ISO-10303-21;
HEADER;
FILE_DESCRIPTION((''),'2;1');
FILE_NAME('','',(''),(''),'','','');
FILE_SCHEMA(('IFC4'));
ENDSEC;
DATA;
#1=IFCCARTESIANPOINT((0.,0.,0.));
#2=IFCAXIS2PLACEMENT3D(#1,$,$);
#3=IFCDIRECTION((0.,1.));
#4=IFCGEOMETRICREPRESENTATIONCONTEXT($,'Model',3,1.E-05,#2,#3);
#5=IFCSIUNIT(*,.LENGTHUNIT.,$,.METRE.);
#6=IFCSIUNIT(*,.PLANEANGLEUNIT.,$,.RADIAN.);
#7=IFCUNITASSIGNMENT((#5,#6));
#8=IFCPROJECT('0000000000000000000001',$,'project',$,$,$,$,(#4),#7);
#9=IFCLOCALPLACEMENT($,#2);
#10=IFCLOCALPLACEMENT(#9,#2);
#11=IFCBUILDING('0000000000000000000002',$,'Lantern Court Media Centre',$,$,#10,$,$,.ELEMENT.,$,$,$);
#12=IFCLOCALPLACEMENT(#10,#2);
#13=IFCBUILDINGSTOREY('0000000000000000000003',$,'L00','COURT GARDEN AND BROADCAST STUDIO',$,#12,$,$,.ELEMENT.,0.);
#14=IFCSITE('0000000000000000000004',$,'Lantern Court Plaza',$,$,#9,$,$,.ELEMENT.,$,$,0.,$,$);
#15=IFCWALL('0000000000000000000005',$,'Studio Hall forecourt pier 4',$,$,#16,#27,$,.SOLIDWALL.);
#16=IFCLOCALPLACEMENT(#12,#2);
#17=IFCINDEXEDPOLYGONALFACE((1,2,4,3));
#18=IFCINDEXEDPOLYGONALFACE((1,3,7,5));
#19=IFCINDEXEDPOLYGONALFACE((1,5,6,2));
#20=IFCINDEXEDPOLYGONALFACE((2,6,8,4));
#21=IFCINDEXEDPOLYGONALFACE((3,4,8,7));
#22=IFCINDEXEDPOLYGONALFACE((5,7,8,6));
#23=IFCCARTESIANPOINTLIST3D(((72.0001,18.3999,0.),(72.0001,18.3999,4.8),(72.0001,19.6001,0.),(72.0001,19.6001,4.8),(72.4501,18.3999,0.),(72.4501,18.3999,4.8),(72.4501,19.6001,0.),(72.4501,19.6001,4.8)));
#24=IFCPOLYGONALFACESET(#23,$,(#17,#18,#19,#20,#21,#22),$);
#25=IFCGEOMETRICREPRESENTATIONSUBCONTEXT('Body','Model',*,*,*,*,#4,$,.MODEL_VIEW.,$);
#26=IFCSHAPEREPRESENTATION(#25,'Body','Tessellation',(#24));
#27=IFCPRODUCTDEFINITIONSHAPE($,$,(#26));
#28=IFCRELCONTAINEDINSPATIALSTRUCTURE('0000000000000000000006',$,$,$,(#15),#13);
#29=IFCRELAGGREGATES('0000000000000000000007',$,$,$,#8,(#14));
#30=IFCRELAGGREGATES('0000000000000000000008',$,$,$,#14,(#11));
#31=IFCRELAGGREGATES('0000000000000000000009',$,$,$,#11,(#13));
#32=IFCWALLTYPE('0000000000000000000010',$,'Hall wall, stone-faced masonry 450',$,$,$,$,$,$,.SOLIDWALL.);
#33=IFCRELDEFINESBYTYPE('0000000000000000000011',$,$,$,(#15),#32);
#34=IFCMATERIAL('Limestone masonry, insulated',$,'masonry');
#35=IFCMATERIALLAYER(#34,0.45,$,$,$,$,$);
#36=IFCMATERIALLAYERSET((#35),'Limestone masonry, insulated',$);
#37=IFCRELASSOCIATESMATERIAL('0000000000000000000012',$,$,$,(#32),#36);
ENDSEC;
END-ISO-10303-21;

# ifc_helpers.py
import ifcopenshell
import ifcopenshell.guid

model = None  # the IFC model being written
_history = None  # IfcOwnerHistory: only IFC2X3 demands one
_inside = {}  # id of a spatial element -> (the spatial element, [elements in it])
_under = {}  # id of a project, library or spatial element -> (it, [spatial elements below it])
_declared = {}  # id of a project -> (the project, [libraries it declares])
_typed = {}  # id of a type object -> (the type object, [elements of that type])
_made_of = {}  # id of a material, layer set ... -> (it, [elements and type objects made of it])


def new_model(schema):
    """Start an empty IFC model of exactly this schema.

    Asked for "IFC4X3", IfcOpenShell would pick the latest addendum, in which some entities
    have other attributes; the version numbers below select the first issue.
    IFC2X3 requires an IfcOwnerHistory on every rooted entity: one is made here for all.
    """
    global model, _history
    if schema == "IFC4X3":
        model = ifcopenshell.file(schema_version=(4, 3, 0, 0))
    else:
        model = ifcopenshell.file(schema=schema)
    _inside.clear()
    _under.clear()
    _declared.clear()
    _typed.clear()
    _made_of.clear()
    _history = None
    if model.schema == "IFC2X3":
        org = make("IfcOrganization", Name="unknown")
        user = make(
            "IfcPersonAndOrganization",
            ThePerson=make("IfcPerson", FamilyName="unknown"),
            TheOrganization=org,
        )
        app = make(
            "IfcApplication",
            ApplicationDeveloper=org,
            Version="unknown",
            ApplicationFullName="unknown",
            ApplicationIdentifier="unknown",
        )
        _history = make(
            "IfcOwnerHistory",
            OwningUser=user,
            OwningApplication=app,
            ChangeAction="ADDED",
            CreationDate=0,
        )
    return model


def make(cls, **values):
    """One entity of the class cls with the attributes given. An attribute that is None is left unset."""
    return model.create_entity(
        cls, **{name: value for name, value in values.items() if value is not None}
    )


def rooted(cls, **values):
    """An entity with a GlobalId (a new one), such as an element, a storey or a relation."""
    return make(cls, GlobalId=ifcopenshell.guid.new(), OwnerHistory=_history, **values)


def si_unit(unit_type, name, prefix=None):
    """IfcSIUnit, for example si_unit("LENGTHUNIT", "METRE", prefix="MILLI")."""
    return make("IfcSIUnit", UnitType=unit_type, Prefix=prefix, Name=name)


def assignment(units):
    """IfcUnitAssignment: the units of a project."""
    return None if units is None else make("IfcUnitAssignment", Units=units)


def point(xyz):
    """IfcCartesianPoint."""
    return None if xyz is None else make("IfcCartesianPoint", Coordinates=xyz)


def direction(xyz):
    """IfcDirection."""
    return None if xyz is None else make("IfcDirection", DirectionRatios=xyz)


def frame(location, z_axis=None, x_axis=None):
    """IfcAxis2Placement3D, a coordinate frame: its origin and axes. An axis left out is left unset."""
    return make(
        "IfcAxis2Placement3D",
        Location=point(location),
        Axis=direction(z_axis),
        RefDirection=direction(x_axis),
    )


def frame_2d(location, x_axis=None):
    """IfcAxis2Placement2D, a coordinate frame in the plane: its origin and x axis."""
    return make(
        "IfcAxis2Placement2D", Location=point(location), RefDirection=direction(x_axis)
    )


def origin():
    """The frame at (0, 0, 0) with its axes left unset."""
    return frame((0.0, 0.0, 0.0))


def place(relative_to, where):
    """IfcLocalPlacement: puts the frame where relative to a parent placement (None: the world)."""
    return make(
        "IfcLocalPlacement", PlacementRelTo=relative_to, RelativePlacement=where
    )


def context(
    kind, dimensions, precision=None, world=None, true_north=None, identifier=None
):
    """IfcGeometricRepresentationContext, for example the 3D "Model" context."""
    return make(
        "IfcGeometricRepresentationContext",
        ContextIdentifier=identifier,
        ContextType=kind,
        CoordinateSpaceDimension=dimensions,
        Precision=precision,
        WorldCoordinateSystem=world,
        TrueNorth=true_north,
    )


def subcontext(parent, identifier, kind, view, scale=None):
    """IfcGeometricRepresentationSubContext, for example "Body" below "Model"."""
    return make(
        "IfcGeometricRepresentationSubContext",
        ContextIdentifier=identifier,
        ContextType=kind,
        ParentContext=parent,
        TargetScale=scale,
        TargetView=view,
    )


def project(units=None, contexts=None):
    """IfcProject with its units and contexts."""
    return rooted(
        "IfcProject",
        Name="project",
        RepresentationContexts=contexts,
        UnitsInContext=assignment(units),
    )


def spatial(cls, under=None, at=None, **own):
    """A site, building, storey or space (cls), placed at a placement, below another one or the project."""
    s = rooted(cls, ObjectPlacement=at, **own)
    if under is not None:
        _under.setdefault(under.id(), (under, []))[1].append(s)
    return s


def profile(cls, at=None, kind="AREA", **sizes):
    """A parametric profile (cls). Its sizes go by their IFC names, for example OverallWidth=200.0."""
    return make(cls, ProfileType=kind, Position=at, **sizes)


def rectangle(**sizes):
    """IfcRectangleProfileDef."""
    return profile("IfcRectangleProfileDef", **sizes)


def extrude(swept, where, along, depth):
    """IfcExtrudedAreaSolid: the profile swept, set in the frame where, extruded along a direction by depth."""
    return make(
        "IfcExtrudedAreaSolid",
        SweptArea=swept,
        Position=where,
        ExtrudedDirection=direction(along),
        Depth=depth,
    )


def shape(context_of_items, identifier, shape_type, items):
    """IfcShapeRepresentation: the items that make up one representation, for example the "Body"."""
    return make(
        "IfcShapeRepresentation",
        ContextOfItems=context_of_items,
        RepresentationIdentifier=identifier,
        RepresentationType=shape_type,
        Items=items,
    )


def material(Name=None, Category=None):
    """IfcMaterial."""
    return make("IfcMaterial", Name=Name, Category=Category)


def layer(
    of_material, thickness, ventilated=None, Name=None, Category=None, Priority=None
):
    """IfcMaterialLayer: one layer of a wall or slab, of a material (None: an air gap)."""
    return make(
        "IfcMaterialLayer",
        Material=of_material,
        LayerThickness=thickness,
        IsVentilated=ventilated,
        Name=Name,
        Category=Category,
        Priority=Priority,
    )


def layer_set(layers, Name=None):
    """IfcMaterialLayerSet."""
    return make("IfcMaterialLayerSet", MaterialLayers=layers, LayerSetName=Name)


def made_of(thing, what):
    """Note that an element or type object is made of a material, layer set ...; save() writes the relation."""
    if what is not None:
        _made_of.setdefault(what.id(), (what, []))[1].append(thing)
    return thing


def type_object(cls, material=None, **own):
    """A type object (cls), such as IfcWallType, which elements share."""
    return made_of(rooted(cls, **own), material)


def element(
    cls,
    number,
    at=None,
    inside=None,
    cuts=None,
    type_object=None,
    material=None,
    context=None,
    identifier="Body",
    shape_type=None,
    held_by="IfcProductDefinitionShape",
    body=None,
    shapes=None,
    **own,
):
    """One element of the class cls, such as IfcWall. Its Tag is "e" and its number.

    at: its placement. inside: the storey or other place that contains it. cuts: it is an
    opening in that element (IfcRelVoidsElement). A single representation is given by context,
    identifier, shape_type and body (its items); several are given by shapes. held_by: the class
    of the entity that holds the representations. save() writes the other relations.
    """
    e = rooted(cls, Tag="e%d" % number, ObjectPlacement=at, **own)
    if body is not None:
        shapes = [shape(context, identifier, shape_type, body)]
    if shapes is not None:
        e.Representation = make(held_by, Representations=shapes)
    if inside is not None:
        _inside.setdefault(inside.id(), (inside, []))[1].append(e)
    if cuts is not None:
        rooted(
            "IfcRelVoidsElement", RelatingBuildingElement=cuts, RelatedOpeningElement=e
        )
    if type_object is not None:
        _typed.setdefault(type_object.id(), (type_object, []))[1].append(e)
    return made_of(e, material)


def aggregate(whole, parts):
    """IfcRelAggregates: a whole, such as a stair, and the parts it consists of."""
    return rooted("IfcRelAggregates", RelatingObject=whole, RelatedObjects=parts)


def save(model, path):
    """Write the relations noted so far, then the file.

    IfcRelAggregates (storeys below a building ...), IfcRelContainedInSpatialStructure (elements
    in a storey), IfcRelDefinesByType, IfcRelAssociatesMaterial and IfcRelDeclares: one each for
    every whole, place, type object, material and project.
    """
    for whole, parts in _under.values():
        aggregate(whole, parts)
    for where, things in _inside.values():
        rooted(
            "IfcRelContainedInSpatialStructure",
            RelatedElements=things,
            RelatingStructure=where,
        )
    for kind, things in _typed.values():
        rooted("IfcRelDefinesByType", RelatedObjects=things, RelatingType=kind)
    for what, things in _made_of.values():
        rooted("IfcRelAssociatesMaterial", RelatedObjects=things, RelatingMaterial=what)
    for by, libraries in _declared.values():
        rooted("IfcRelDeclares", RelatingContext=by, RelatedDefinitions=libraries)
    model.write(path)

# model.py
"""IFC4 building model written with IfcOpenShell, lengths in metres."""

from ifc_helpers import new_model, si_unit, direction, frame, frame_2d, origin, place, context, subcontext, project, spatial, rectangle, extrude, material, layer, layer_set, type_object, element, save


model = new_model("IFC4")

# Units and contexts
model_context = context("Model", 3, precision=1e-05, world=origin(), true_north=direction((0.0, 1.0)))
body_context = subcontext(model_context, "Body", "Model", "MODEL_VIEW")
ifc_project = project(units=[si_unit("LENGTHUNIT", "METRE"), si_unit("PLANEANGLEUNIT", "RADIAN")], contexts=[model_context])

# Site, building, storey
site_placement = place(None, origin())
site = spatial("IfcSite", under=ifc_project, at=site_placement, Name="Lantern Court Plaza", CompositionType="ELEMENT", RefElevation=0.0)
building_placement = place(site_placement, origin())
building = spatial("IfcBuilding", under=site, at=building_placement, Name="Lantern Court Media Centre", CompositionType="ELEMENT")
storey_placement = place(building_placement, origin())
storey = spatial("IfcBuildingStorey", under=building, at=storey_placement, Name="L00", Description="COURT GARDEN AND BROADCAST STUDIO", CompositionType="ELEMENT", Elevation=0.0)

# Wall
ifc_material_1 = material(Name="Limestone masonry, insulated", Category="masonry")
ifc_layer_1 = layer(ifc_material_1, 0.45)
ifc_layer_set_1 = layer_set([ifc_layer_1], Name="Limestone masonry, insulated")
wall_type = type_object("IfcWallType", Name="Hall wall, stone-faced masonry 450", PredefinedType="SOLIDWALL", material=ifc_layer_set_1)
wall_placement = place(storey_placement, frame((72.2251, 18.3999, 0.0), z_axis=(0.0, 0.0, 1.0), x_axis=(0.0, 1.0, 0.0)))
element("IfcWall", 1, at=wall_placement, inside=storey, type_object=wall_type, Name="Studio Hall forecourt pier 4", PredefinedType="SOLIDWALL", context=body_context, shape_type="SweptSolid", body=[
    extrude(rectangle(XDim=1.2002, YDim=0.45, at=frame_2d((0.6001, 0.0))), origin(), (0.0, 0.0, 1.0), 4.8),
])

save(model, "model.ifc")
